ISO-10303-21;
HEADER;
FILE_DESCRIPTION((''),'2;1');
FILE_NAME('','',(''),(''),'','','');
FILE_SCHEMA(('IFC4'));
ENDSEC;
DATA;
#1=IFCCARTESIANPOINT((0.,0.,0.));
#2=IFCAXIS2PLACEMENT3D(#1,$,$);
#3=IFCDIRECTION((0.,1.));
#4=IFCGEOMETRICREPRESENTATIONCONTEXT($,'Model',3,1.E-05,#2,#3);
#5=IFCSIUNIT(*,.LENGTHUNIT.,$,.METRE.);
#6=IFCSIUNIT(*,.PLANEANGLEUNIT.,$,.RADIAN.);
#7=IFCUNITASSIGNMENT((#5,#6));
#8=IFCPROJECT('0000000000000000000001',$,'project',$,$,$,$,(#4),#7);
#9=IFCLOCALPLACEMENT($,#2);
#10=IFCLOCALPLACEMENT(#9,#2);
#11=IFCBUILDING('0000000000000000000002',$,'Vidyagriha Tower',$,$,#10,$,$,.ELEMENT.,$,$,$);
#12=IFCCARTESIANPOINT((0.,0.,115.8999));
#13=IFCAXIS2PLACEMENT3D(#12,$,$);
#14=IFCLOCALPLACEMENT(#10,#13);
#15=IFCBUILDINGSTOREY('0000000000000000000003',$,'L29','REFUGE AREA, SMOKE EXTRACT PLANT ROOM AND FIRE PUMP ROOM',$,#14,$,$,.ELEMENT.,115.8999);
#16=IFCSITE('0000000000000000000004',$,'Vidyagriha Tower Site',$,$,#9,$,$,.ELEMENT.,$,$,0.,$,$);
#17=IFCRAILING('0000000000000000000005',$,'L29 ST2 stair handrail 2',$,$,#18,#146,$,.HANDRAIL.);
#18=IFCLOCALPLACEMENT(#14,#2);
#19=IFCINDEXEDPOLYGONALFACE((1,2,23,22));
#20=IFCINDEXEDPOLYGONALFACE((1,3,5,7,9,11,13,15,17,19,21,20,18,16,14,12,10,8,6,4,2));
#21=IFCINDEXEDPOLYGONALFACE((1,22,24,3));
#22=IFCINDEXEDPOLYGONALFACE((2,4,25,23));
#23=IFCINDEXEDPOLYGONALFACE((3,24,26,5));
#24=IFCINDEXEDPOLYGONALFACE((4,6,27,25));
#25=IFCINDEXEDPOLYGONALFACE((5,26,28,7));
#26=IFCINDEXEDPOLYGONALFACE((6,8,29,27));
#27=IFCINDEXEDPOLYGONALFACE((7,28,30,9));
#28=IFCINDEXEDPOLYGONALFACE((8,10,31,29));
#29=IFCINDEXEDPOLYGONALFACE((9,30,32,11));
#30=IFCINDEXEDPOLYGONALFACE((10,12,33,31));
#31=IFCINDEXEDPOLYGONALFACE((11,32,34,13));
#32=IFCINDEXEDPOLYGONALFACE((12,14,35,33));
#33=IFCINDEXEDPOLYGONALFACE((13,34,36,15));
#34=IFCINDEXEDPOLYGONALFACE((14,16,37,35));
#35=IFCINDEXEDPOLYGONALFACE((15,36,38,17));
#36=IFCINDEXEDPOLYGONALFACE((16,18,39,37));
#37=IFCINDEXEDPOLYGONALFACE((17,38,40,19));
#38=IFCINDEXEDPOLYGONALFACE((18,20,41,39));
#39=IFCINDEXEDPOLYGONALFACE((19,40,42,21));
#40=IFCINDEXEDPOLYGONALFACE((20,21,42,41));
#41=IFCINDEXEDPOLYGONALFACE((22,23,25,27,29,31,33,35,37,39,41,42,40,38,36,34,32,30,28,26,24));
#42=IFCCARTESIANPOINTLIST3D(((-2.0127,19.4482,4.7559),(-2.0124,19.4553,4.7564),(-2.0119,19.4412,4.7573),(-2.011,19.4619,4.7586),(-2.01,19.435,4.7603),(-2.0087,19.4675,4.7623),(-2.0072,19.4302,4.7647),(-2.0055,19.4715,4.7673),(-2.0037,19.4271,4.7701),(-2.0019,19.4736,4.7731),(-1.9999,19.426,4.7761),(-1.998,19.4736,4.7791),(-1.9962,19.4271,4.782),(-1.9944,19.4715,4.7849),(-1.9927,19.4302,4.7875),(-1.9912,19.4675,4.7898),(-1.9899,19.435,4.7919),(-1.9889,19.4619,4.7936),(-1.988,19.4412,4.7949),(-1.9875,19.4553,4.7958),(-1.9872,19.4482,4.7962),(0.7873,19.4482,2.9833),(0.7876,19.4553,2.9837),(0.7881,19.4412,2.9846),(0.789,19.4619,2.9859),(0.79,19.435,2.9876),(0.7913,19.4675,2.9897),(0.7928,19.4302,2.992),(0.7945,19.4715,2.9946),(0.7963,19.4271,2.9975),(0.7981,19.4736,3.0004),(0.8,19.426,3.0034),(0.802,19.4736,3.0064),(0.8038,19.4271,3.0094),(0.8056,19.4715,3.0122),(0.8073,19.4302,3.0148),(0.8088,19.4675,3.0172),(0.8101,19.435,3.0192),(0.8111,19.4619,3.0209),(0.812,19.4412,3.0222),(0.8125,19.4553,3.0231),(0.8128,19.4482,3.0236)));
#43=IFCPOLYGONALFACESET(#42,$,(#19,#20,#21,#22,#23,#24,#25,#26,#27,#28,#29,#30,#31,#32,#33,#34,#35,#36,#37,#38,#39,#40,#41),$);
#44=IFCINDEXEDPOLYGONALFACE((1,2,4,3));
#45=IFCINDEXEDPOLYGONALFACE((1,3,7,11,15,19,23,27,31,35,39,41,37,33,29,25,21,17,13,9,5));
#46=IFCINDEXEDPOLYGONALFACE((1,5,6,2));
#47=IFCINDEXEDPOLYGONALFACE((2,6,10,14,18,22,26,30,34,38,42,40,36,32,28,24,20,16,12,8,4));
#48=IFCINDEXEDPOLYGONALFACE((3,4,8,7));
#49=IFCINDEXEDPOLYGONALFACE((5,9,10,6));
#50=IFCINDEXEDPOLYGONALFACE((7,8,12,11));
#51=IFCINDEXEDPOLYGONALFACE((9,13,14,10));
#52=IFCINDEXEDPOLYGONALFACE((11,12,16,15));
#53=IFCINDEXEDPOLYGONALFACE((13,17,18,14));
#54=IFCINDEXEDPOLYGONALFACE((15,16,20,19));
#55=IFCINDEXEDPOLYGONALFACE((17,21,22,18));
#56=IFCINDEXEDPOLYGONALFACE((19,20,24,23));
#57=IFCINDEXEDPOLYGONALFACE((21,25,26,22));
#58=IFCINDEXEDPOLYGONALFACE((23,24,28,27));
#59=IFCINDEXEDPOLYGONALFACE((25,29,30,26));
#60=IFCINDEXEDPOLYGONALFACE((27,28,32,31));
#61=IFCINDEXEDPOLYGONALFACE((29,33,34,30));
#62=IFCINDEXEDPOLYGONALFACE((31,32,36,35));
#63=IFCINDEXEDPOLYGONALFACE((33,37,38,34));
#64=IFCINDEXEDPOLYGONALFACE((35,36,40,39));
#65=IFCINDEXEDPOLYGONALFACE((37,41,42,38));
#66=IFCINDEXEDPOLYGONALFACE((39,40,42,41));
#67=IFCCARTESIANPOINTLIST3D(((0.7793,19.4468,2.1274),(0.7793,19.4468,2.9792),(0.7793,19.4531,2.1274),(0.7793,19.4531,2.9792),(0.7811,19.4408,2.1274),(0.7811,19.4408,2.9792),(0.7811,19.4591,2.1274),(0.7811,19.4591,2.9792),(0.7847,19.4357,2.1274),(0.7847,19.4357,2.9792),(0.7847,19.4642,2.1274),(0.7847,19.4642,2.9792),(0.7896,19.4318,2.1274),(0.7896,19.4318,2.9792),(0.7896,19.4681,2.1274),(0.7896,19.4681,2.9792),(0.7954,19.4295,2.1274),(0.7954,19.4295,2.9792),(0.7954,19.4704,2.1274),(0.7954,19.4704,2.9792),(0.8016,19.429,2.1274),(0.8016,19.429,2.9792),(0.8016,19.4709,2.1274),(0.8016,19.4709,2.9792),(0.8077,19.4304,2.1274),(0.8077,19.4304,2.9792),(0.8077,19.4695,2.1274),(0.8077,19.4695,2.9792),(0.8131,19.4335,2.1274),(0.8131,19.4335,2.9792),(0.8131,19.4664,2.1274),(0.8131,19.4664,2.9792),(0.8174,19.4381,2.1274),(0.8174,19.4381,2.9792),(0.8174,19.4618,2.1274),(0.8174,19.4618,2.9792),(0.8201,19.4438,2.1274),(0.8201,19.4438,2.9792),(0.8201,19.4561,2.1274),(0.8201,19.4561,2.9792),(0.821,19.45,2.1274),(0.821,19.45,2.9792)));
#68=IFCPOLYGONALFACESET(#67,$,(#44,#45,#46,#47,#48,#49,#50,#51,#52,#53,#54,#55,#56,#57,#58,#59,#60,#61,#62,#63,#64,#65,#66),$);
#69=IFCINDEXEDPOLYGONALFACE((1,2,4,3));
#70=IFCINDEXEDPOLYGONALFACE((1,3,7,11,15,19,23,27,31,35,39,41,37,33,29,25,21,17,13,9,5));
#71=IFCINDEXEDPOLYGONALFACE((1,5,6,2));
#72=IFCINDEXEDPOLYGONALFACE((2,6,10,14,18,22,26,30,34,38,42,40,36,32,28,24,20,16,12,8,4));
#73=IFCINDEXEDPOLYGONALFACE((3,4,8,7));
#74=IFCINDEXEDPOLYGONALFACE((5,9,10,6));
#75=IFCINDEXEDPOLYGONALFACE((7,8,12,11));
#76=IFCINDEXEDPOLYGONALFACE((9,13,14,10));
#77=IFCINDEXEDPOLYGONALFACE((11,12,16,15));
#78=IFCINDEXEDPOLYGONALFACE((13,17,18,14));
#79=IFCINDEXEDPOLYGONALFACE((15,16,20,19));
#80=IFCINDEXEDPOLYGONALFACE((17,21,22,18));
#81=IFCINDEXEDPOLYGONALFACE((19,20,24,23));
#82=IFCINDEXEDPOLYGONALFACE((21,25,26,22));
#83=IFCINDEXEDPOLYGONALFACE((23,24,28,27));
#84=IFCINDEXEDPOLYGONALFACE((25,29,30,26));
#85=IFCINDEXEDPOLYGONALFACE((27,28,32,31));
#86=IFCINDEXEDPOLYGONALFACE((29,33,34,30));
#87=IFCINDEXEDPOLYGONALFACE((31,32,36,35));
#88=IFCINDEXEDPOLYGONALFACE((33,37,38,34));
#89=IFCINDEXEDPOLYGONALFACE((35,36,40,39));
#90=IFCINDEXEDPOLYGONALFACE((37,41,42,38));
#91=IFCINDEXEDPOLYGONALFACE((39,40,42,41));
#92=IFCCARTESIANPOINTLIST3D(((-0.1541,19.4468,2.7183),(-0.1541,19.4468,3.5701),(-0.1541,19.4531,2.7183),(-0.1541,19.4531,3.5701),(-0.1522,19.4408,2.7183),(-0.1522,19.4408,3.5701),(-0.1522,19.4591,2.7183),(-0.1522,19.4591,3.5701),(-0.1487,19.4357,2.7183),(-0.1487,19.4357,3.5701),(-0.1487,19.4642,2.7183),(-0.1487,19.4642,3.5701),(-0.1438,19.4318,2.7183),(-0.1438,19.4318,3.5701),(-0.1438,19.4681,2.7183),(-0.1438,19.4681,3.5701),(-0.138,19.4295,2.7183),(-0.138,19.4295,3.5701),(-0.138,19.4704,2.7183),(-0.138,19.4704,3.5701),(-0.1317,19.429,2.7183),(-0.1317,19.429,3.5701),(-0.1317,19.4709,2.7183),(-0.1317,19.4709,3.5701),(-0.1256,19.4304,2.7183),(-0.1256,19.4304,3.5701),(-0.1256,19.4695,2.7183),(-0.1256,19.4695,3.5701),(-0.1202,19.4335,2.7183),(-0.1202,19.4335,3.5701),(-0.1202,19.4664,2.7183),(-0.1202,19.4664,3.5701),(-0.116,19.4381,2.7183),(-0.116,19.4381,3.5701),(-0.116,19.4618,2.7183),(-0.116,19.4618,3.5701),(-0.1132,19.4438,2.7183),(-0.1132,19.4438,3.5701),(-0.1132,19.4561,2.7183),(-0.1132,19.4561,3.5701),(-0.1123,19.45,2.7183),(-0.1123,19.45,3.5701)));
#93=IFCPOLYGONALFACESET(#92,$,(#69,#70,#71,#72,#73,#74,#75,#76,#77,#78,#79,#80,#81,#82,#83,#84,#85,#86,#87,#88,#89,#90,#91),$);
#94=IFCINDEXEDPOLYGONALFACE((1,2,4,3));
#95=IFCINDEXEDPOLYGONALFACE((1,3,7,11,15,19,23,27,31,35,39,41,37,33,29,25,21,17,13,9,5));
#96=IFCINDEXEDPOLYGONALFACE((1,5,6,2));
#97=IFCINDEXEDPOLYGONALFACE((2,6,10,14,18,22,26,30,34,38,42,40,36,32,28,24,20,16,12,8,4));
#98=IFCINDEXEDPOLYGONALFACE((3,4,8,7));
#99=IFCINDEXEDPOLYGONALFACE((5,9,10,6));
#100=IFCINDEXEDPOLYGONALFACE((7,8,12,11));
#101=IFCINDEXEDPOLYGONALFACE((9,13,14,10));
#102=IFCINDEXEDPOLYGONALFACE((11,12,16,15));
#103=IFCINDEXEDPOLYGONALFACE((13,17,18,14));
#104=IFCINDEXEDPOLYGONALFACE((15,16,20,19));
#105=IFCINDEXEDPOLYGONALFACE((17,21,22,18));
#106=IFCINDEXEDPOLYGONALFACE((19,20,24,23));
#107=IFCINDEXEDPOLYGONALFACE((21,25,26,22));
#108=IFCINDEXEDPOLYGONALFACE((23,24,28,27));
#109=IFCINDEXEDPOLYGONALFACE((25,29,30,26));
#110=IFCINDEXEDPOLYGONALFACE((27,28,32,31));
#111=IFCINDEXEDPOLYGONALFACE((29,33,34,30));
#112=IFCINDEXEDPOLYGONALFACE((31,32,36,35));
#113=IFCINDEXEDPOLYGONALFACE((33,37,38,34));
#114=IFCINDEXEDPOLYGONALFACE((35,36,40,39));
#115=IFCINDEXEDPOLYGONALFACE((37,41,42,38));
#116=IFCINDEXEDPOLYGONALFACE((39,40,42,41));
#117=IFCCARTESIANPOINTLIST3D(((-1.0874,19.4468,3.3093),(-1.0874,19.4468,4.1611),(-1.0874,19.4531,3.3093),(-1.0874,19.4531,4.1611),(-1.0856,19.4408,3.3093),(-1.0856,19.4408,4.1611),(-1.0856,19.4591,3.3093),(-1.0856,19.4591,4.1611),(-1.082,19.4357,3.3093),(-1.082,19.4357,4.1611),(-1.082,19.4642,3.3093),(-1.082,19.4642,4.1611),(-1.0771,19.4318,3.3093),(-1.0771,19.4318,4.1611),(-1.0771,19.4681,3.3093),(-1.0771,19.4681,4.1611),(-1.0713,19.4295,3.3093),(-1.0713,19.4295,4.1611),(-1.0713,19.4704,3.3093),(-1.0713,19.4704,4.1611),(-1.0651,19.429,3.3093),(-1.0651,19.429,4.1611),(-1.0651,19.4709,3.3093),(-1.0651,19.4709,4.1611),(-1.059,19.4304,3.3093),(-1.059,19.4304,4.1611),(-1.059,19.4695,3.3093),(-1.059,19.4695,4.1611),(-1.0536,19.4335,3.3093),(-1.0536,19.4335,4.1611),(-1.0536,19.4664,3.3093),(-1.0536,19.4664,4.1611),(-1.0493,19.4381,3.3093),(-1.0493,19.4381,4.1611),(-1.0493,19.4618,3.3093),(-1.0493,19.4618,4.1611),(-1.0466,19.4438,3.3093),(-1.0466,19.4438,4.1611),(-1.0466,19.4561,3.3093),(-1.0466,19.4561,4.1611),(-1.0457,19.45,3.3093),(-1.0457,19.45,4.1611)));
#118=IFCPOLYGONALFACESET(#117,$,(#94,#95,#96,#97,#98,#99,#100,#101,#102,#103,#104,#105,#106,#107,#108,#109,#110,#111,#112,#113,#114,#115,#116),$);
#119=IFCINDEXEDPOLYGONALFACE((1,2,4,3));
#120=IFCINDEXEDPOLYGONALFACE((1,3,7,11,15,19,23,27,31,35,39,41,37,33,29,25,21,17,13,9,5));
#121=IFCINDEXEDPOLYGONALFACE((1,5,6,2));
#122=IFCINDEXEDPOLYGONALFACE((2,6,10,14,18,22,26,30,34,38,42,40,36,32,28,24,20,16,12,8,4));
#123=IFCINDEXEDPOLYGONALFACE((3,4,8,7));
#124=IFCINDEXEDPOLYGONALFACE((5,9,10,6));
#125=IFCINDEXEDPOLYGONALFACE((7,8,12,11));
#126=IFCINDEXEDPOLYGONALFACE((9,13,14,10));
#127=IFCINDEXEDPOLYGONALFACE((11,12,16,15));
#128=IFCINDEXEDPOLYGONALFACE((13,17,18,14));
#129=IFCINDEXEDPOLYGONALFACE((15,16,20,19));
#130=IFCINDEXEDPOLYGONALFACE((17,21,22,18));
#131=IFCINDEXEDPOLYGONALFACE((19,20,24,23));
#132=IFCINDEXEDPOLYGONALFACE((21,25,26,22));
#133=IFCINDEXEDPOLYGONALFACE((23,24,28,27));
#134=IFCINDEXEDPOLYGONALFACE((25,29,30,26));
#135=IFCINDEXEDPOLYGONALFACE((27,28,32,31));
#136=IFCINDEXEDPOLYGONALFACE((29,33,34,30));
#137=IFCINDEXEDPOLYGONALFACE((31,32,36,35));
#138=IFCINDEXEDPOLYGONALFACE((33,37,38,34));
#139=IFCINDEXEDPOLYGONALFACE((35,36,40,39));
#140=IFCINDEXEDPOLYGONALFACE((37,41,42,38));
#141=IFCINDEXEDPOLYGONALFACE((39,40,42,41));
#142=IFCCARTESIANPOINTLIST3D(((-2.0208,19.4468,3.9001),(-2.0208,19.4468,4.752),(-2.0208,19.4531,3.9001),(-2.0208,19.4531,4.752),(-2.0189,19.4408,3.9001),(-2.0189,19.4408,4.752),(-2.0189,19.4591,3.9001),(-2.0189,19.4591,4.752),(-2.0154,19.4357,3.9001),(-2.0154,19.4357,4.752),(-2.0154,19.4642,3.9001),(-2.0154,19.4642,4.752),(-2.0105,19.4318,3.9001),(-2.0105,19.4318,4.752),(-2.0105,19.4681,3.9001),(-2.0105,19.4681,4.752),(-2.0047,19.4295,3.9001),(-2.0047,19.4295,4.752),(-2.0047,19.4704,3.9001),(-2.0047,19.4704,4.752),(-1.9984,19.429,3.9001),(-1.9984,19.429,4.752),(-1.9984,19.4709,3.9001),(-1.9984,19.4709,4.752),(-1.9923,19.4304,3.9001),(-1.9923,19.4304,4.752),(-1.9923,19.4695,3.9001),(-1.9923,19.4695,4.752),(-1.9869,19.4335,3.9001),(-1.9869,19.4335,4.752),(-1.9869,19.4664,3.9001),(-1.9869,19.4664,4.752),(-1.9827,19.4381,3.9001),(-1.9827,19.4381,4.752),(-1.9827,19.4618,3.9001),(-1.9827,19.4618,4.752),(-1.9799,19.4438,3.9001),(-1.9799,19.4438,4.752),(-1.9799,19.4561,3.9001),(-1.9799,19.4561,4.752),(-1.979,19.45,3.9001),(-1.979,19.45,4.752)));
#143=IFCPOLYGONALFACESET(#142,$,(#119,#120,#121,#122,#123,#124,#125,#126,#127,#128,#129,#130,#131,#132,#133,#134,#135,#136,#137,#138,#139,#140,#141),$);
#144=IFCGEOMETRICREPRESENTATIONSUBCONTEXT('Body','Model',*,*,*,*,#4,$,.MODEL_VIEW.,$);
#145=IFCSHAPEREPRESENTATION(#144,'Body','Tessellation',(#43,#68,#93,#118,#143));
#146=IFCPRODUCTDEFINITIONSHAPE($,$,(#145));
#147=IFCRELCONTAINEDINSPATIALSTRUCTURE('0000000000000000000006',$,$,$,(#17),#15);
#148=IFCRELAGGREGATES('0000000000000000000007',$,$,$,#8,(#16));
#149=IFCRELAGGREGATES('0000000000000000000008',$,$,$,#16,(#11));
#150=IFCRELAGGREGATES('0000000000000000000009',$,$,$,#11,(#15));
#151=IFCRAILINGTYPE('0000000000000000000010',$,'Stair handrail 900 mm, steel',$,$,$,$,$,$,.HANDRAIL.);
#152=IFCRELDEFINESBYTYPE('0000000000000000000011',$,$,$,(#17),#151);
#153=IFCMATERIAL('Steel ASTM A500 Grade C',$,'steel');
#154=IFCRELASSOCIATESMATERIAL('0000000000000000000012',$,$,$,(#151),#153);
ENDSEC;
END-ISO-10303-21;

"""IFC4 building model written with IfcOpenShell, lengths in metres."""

from ifc_helpers import new_model, si_unit, direction, frame, origin, origin_2d, place, context, subcontext, project, spatial, circle, extrude, material, type_object, element, save


model = new_model("IFC4")

# Units and contexts
model_context = context("Model", 3, precision=1e-05, world=origin(), true_north=direction((0.0, 1.0)))
body_context = subcontext(model_context, "Body", "Model", "MODEL_VIEW")
ifc_project = project(units=[si_unit("LENGTHUNIT", "METRE"), si_unit("PLANEANGLEUNIT", "RADIAN")], contexts=[model_context])

# Site, building, storey
site_placement = place(None, origin())
site = spatial("IfcSite", under=ifc_project, at=site_placement, Name="Vidyagriha Tower Site", CompositionType="ELEMENT", RefElevation=0.0)
building_placement = place(site_placement, origin())
building = spatial("IfcBuilding", under=site, at=building_placement, Name="Vidyagriha Tower", CompositionType="ELEMENT")
storey_placement = place(building_placement, frame((0.0, 0.0, 115.8999)))
storey = spatial("IfcBuildingStorey", under=building, at=storey_placement, Name="L29", Description="REFUGE AREA, SMOKE EXTRACT PLANT ROOM AND FIRE PUMP ROOM", CompositionType="ELEMENT", Elevation=115.8999)

# Railing
ifc_material_1 = material(Name="Steel ASTM A500 Grade C", Category="steel")
railing_type_1 = type_object("IfcRailingType", Name="Stair handrail 900 mm, steel", PredefinedType="HANDRAIL", material=ifc_material_1)
railing_1_placement = place(storey_placement, frame((0.8, 19.45, 2.1274)))
element("IfcRailing", 1, at=railing_1_placement, inside=storey, type_object=railing_type_1, Name="L29 ST2 stair handrail 2", PredefinedType="HANDRAIL", context=body_context, shape_type="SweptSolid", body=[
    extrude(circle(Radius=0.0239, at=origin_2d()), frame((0.0, 0.0, 0.876), z_axis=(-0.844909, 0.0, 0.53491), x_axis=(0.0, -1.0, 0.0)), (0.0, 0.0, 1.0), 3.314),
    extrude(circle(Radius=0.021, at=origin_2d()), origin(), (0.0, 0.0, 1.0), 0.8518),
    extrude(circle(Radius=0.021, at=origin_2d()), frame((-0.9333, 0.0, 0.5908)), (0.0, 0.0, 1.0), 0.8518),
    extrude(circle(Radius=0.021, at=origin_2d()), frame((-1.8667, 0.0, 1.1819)), (0.0, 0.0, 1.0), 0.8518),
    extrude(circle(Radius=0.021, at=origin_2d()), frame((-2.8, 0.0, 1.7727)), (0.0, 0.0, 1.0), 0.8518),
])

save(model, "model.ifc")
